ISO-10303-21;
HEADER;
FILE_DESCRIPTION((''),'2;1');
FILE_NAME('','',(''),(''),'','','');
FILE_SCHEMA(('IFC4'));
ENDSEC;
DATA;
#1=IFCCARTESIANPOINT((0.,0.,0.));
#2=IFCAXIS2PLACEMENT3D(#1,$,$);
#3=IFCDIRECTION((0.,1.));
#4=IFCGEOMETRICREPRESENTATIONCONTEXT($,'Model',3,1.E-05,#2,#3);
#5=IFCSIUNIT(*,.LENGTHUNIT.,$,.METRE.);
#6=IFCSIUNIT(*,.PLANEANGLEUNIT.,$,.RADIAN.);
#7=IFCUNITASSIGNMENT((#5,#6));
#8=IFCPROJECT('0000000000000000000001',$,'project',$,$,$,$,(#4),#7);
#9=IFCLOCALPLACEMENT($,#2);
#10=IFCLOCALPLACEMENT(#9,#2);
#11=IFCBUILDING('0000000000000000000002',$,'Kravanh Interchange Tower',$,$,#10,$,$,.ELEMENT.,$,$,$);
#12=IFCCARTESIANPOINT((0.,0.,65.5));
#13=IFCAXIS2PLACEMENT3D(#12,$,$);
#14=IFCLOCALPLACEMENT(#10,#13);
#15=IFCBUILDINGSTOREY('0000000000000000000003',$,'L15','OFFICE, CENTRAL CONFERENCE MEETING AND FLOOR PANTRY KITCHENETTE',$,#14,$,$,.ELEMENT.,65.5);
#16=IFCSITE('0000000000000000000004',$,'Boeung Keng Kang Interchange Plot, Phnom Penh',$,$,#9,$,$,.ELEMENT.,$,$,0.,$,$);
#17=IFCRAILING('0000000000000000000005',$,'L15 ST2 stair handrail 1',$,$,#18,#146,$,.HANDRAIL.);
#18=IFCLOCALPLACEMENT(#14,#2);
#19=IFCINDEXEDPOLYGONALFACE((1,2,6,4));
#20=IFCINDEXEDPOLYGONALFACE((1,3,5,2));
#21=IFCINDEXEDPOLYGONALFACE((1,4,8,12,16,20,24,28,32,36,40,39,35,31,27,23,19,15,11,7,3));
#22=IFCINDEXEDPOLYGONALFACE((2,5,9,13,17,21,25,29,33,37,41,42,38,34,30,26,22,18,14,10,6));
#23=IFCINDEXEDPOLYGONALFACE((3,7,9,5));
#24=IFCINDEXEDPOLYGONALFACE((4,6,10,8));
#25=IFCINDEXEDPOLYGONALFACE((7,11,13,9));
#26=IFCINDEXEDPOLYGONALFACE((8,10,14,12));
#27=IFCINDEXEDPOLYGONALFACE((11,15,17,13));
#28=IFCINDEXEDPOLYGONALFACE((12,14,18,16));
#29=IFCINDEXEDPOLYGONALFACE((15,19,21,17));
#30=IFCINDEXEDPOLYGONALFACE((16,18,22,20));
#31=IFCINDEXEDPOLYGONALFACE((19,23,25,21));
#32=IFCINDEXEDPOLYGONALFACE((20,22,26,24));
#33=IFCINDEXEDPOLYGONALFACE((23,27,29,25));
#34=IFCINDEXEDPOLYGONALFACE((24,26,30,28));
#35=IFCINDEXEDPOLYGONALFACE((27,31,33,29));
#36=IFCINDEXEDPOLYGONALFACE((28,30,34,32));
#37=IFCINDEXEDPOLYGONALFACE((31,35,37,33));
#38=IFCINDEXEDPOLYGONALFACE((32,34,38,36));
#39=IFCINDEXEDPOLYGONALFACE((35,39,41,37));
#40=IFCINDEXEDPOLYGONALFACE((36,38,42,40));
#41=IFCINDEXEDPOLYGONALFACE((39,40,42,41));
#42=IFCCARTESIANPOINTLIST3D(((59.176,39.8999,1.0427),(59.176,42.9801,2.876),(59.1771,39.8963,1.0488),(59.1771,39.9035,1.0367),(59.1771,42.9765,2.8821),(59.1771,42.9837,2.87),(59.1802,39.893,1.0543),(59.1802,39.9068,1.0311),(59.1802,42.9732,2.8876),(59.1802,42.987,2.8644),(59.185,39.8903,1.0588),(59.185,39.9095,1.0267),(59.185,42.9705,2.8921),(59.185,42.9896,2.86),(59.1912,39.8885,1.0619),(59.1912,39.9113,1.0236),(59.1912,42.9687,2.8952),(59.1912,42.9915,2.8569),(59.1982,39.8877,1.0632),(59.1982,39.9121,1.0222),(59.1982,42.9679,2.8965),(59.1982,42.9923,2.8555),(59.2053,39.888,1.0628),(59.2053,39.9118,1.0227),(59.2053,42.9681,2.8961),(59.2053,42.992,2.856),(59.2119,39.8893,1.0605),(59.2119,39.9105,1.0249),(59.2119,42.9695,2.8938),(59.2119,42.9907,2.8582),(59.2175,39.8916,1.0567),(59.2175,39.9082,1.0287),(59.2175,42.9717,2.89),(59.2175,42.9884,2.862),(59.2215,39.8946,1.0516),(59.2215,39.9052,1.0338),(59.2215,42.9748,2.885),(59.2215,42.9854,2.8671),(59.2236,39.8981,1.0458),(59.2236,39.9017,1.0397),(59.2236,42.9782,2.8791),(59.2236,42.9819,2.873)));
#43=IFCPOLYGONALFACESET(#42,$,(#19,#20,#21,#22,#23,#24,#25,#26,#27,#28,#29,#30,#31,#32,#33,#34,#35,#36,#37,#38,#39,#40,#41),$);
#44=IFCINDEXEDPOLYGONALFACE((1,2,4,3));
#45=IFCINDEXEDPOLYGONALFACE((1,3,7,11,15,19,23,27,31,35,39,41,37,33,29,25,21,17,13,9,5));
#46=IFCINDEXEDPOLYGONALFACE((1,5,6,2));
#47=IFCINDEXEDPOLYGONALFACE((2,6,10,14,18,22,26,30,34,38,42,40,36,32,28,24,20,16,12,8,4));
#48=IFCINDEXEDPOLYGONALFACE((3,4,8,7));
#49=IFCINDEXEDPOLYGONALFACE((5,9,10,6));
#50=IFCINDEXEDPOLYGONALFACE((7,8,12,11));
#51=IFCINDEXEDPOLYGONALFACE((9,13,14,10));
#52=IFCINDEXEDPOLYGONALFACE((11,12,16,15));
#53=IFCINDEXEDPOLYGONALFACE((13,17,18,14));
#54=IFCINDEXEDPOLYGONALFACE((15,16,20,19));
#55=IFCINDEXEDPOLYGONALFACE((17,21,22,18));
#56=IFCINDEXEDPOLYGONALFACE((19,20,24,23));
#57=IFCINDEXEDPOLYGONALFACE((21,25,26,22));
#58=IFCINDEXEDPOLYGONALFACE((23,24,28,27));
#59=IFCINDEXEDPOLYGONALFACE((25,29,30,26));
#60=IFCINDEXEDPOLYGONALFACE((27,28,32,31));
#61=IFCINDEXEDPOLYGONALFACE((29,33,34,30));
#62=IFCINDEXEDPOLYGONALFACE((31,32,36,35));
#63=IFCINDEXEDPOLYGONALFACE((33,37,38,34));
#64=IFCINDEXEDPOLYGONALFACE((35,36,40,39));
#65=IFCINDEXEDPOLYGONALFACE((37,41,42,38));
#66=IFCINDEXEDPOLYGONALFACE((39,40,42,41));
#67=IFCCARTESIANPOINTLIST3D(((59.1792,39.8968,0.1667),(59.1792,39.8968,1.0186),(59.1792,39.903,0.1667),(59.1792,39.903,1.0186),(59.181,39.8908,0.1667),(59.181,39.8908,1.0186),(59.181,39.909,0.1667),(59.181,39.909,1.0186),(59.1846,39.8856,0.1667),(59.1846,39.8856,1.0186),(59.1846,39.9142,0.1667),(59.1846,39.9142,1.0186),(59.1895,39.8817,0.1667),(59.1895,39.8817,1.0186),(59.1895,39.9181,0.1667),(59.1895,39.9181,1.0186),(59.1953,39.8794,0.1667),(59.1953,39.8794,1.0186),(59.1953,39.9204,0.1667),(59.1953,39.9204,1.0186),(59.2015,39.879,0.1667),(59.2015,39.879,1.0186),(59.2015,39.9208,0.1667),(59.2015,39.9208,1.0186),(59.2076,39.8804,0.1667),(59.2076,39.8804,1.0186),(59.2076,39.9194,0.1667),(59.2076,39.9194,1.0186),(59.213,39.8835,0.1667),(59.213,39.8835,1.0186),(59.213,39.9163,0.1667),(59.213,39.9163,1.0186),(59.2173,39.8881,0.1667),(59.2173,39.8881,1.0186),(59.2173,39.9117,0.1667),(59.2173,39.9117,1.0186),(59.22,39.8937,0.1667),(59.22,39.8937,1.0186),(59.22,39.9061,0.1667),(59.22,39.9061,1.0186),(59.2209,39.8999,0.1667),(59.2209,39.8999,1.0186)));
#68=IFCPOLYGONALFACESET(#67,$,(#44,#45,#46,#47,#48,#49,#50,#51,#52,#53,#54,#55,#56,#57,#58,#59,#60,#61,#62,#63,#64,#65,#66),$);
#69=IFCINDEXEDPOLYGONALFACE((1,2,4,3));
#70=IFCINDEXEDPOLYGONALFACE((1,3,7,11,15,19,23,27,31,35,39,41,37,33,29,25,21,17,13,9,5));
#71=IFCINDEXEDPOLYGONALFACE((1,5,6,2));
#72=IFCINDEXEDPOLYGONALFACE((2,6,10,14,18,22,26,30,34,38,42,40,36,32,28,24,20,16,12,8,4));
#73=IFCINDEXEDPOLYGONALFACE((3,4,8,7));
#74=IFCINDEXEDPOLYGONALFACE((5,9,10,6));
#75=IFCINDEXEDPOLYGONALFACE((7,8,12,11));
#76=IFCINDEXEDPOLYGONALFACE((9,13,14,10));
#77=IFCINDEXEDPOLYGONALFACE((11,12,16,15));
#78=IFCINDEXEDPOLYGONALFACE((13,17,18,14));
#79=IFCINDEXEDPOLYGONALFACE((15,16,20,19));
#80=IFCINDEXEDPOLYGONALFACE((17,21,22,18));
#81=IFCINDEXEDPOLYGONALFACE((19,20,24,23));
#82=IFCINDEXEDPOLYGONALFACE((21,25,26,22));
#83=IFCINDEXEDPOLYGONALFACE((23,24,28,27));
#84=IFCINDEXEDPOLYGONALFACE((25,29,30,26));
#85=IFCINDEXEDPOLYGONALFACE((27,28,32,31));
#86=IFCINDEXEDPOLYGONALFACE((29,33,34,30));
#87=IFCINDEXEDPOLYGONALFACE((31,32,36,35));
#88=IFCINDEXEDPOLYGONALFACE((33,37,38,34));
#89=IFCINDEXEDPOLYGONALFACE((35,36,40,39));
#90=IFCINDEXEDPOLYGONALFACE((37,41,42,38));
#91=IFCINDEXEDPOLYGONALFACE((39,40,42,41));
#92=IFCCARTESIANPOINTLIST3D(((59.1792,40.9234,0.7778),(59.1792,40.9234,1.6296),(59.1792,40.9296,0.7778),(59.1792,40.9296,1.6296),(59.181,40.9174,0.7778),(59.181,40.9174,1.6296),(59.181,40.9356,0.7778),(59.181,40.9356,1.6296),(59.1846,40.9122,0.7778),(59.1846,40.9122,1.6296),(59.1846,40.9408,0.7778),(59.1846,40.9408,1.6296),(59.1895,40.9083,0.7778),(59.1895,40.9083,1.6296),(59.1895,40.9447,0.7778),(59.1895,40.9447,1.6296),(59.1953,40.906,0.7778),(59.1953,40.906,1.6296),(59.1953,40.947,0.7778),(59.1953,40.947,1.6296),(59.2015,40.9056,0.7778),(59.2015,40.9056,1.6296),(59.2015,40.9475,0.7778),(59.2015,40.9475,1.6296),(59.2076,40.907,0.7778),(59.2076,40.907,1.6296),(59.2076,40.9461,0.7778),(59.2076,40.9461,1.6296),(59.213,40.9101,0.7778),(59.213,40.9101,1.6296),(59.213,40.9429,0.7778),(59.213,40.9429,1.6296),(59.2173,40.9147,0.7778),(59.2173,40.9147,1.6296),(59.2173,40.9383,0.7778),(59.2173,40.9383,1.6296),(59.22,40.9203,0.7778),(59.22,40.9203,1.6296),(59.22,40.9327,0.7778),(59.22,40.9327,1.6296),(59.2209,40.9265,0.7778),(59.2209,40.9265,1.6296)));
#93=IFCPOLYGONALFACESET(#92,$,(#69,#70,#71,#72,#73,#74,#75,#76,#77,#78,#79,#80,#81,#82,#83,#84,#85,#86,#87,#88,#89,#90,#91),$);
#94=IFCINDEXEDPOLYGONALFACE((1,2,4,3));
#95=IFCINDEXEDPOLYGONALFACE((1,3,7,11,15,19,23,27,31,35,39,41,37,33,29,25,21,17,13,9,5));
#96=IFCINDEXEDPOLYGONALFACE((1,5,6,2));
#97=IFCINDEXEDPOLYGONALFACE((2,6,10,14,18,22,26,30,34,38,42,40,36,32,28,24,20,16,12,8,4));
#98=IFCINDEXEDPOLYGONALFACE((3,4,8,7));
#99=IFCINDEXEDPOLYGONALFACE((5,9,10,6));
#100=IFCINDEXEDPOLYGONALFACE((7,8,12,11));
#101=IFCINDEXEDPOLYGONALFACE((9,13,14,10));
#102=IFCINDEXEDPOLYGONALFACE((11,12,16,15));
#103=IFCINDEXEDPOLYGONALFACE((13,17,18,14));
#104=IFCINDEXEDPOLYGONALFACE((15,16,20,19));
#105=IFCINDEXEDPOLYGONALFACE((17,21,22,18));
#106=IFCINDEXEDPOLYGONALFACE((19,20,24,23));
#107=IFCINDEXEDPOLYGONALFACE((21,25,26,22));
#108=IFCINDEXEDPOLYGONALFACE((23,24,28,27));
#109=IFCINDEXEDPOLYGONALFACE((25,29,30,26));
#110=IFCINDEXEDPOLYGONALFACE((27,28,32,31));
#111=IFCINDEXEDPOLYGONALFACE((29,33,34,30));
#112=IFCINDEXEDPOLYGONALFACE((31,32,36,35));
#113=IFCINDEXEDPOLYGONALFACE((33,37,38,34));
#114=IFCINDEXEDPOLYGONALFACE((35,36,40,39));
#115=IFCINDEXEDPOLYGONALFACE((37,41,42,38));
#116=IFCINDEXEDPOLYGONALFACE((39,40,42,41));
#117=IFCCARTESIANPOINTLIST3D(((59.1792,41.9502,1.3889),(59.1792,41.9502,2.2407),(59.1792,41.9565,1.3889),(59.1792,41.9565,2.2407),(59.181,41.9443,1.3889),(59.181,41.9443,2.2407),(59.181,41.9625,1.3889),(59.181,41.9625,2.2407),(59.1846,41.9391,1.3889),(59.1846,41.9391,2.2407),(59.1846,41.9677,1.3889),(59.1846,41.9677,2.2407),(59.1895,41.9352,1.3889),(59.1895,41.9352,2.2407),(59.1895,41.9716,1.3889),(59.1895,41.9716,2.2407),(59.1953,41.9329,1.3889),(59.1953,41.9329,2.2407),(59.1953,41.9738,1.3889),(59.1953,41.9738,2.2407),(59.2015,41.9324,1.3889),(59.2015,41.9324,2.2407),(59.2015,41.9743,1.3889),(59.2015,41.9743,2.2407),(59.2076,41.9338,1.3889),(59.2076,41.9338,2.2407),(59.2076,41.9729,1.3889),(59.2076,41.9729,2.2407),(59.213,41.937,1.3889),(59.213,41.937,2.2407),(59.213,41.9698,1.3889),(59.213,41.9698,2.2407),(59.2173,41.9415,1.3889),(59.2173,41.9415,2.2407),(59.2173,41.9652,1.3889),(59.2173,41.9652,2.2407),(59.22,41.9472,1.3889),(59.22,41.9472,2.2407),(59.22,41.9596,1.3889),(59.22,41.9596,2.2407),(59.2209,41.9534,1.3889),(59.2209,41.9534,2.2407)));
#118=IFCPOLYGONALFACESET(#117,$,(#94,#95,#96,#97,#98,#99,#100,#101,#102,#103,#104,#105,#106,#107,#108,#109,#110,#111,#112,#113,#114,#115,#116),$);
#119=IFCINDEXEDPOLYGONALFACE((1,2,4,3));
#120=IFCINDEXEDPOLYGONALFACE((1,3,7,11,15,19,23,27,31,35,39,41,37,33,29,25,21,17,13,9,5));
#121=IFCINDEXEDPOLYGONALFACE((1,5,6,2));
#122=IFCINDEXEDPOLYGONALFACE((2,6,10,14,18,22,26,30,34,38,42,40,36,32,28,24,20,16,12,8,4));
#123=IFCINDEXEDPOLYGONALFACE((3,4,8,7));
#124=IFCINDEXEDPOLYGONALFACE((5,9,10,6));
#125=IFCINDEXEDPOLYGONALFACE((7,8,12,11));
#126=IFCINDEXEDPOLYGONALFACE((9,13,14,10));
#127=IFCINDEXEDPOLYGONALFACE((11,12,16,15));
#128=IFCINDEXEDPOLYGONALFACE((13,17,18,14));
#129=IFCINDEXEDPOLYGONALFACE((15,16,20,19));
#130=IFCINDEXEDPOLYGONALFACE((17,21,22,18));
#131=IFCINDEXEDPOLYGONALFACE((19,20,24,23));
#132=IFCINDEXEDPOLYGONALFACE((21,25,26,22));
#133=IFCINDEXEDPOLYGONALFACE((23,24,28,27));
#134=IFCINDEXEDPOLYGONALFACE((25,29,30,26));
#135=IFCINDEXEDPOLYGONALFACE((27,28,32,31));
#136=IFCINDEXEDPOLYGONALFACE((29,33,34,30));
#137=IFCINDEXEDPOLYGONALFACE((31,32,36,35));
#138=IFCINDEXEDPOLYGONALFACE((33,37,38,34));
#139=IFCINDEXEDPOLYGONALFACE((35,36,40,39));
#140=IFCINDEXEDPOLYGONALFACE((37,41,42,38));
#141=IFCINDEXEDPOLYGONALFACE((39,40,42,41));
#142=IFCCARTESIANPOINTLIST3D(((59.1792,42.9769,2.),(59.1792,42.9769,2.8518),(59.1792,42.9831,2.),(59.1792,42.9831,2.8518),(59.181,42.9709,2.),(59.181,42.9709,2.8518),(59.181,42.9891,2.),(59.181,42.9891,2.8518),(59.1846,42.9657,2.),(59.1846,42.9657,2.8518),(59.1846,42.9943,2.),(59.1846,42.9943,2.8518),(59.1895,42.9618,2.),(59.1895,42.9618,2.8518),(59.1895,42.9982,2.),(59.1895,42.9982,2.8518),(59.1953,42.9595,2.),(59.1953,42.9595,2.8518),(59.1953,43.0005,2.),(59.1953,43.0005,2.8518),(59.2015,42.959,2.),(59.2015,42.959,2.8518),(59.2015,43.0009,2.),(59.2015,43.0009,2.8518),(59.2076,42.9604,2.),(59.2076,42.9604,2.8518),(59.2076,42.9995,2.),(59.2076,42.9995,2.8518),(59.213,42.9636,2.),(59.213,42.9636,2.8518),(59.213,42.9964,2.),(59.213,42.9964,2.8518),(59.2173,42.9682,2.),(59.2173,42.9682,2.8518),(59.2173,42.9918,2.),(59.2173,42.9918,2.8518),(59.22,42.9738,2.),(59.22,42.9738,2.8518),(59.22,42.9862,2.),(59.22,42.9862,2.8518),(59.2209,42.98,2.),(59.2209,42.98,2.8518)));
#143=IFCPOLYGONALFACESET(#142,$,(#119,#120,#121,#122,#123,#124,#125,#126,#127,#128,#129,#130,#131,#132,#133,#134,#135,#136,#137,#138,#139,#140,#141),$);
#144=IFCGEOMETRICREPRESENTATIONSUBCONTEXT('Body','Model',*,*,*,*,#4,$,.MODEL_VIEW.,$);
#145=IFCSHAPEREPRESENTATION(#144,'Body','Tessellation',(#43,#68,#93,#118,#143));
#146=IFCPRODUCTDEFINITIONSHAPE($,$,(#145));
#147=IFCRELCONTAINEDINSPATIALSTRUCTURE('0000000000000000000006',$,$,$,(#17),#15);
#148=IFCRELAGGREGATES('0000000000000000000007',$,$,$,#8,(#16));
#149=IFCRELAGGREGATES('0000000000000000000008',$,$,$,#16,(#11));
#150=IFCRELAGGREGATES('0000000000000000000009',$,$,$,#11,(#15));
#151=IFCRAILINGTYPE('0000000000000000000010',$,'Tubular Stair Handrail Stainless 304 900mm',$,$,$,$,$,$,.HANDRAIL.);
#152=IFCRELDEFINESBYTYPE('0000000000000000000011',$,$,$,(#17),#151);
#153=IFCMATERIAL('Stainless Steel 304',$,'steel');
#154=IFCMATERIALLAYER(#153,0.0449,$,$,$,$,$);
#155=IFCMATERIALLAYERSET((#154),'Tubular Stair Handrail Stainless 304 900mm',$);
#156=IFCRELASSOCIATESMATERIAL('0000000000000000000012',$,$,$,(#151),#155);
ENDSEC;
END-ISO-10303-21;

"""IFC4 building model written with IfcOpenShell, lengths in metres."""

from ifc_helpers import new_model, si_unit, direction, frame, origin, origin_2d, place, context, subcontext, project, spatial, circle, extrude, material, layer, layer_set, type_object, element, save


model = new_model("IFC4")

# Units and contexts
model_context = context("Model", 3, precision=1e-05, world=origin(), true_north=direction((0.0, 1.0)))
body_context = subcontext(model_context, "Body", "Model", "MODEL_VIEW")
ifc_project = project(units=[si_unit("LENGTHUNIT", "METRE"), si_unit("PLANEANGLEUNIT", "RADIAN")], contexts=[model_context])

# Site, building, storey
site_placement = place(None, origin())
site = spatial("IfcSite", under=ifc_project, at=site_placement, Name="Boeung Keng Kang Interchange Plot, Phnom Penh", CompositionType="ELEMENT", RefElevation=0.0)
building_placement = place(site_placement, origin())
building = spatial("IfcBuilding", under=site, at=building_placement, Name="Kravanh Interchange Tower", CompositionType="ELEMENT")
storey_placement = place(building_placement, frame((0.0, 0.0, 65.5)))
storey = spatial("IfcBuildingStorey", under=building, at=storey_placement, Name="L15", Description="OFFICE, CENTRAL CONFERENCE MEETING AND FLOOR PANTRY KITCHENETTE", CompositionType="ELEMENT", Elevation=65.5)

# Railing
ifc_material_1 = material(Name="Stainless Steel 304", Category="steel")
ifc_layer_1 = layer(ifc_material_1, 0.0449)
ifc_layer_set_1 = layer_set([ifc_layer_1], Name="Tubular Stair Handrail Stainless 304 900mm")
railing_type_1 = type_object("IfcRailingType", Name="Tubular Stair Handrail Stainless 304 900mm", PredefinedType="HANDRAIL", material=ifc_layer_set_1)
railing_1_placement = place(storey_placement, frame((59.2, 39.8999, 0.1667)))
element("IfcRailing", 1, at=railing_1_placement, inside=storey, type_object=railing_type_1, Name="L15 ST2 stair handrail 1", PredefinedType="HANDRAIL", context=body_context, shape_type="SweptSolid", body=[
    extrude(circle(Radius=0.0239, at=origin_2d()), frame((0.0, 0.0, 0.876), z_axis=(0.0, 0.859309, 0.511458), x_axis=(-1.0, 0.0, 0.0)), (0.0, 0.0, 1.0), 3.5845),
    extrude(circle(Radius=0.021, at=origin_2d()), origin(), (0.0, 0.0, 1.0), 0.8518),
    extrude(circle(Radius=0.021, at=origin_2d()), frame((0.0, 1.0266, 0.6111)), (0.0, 0.0, 1.0), 0.8518),
    extrude(circle(Radius=0.021, at=origin_2d()), frame((0.0, 2.0535, 1.2222)), (0.0, 0.0, 1.0), 0.8518),
    extrude(circle(Radius=0.021, at=origin_2d()), frame((0.0, 3.0801, 1.8333)), (0.0, 0.0, 1.0), 0.8518),
])

save(model, "model.ifc")
